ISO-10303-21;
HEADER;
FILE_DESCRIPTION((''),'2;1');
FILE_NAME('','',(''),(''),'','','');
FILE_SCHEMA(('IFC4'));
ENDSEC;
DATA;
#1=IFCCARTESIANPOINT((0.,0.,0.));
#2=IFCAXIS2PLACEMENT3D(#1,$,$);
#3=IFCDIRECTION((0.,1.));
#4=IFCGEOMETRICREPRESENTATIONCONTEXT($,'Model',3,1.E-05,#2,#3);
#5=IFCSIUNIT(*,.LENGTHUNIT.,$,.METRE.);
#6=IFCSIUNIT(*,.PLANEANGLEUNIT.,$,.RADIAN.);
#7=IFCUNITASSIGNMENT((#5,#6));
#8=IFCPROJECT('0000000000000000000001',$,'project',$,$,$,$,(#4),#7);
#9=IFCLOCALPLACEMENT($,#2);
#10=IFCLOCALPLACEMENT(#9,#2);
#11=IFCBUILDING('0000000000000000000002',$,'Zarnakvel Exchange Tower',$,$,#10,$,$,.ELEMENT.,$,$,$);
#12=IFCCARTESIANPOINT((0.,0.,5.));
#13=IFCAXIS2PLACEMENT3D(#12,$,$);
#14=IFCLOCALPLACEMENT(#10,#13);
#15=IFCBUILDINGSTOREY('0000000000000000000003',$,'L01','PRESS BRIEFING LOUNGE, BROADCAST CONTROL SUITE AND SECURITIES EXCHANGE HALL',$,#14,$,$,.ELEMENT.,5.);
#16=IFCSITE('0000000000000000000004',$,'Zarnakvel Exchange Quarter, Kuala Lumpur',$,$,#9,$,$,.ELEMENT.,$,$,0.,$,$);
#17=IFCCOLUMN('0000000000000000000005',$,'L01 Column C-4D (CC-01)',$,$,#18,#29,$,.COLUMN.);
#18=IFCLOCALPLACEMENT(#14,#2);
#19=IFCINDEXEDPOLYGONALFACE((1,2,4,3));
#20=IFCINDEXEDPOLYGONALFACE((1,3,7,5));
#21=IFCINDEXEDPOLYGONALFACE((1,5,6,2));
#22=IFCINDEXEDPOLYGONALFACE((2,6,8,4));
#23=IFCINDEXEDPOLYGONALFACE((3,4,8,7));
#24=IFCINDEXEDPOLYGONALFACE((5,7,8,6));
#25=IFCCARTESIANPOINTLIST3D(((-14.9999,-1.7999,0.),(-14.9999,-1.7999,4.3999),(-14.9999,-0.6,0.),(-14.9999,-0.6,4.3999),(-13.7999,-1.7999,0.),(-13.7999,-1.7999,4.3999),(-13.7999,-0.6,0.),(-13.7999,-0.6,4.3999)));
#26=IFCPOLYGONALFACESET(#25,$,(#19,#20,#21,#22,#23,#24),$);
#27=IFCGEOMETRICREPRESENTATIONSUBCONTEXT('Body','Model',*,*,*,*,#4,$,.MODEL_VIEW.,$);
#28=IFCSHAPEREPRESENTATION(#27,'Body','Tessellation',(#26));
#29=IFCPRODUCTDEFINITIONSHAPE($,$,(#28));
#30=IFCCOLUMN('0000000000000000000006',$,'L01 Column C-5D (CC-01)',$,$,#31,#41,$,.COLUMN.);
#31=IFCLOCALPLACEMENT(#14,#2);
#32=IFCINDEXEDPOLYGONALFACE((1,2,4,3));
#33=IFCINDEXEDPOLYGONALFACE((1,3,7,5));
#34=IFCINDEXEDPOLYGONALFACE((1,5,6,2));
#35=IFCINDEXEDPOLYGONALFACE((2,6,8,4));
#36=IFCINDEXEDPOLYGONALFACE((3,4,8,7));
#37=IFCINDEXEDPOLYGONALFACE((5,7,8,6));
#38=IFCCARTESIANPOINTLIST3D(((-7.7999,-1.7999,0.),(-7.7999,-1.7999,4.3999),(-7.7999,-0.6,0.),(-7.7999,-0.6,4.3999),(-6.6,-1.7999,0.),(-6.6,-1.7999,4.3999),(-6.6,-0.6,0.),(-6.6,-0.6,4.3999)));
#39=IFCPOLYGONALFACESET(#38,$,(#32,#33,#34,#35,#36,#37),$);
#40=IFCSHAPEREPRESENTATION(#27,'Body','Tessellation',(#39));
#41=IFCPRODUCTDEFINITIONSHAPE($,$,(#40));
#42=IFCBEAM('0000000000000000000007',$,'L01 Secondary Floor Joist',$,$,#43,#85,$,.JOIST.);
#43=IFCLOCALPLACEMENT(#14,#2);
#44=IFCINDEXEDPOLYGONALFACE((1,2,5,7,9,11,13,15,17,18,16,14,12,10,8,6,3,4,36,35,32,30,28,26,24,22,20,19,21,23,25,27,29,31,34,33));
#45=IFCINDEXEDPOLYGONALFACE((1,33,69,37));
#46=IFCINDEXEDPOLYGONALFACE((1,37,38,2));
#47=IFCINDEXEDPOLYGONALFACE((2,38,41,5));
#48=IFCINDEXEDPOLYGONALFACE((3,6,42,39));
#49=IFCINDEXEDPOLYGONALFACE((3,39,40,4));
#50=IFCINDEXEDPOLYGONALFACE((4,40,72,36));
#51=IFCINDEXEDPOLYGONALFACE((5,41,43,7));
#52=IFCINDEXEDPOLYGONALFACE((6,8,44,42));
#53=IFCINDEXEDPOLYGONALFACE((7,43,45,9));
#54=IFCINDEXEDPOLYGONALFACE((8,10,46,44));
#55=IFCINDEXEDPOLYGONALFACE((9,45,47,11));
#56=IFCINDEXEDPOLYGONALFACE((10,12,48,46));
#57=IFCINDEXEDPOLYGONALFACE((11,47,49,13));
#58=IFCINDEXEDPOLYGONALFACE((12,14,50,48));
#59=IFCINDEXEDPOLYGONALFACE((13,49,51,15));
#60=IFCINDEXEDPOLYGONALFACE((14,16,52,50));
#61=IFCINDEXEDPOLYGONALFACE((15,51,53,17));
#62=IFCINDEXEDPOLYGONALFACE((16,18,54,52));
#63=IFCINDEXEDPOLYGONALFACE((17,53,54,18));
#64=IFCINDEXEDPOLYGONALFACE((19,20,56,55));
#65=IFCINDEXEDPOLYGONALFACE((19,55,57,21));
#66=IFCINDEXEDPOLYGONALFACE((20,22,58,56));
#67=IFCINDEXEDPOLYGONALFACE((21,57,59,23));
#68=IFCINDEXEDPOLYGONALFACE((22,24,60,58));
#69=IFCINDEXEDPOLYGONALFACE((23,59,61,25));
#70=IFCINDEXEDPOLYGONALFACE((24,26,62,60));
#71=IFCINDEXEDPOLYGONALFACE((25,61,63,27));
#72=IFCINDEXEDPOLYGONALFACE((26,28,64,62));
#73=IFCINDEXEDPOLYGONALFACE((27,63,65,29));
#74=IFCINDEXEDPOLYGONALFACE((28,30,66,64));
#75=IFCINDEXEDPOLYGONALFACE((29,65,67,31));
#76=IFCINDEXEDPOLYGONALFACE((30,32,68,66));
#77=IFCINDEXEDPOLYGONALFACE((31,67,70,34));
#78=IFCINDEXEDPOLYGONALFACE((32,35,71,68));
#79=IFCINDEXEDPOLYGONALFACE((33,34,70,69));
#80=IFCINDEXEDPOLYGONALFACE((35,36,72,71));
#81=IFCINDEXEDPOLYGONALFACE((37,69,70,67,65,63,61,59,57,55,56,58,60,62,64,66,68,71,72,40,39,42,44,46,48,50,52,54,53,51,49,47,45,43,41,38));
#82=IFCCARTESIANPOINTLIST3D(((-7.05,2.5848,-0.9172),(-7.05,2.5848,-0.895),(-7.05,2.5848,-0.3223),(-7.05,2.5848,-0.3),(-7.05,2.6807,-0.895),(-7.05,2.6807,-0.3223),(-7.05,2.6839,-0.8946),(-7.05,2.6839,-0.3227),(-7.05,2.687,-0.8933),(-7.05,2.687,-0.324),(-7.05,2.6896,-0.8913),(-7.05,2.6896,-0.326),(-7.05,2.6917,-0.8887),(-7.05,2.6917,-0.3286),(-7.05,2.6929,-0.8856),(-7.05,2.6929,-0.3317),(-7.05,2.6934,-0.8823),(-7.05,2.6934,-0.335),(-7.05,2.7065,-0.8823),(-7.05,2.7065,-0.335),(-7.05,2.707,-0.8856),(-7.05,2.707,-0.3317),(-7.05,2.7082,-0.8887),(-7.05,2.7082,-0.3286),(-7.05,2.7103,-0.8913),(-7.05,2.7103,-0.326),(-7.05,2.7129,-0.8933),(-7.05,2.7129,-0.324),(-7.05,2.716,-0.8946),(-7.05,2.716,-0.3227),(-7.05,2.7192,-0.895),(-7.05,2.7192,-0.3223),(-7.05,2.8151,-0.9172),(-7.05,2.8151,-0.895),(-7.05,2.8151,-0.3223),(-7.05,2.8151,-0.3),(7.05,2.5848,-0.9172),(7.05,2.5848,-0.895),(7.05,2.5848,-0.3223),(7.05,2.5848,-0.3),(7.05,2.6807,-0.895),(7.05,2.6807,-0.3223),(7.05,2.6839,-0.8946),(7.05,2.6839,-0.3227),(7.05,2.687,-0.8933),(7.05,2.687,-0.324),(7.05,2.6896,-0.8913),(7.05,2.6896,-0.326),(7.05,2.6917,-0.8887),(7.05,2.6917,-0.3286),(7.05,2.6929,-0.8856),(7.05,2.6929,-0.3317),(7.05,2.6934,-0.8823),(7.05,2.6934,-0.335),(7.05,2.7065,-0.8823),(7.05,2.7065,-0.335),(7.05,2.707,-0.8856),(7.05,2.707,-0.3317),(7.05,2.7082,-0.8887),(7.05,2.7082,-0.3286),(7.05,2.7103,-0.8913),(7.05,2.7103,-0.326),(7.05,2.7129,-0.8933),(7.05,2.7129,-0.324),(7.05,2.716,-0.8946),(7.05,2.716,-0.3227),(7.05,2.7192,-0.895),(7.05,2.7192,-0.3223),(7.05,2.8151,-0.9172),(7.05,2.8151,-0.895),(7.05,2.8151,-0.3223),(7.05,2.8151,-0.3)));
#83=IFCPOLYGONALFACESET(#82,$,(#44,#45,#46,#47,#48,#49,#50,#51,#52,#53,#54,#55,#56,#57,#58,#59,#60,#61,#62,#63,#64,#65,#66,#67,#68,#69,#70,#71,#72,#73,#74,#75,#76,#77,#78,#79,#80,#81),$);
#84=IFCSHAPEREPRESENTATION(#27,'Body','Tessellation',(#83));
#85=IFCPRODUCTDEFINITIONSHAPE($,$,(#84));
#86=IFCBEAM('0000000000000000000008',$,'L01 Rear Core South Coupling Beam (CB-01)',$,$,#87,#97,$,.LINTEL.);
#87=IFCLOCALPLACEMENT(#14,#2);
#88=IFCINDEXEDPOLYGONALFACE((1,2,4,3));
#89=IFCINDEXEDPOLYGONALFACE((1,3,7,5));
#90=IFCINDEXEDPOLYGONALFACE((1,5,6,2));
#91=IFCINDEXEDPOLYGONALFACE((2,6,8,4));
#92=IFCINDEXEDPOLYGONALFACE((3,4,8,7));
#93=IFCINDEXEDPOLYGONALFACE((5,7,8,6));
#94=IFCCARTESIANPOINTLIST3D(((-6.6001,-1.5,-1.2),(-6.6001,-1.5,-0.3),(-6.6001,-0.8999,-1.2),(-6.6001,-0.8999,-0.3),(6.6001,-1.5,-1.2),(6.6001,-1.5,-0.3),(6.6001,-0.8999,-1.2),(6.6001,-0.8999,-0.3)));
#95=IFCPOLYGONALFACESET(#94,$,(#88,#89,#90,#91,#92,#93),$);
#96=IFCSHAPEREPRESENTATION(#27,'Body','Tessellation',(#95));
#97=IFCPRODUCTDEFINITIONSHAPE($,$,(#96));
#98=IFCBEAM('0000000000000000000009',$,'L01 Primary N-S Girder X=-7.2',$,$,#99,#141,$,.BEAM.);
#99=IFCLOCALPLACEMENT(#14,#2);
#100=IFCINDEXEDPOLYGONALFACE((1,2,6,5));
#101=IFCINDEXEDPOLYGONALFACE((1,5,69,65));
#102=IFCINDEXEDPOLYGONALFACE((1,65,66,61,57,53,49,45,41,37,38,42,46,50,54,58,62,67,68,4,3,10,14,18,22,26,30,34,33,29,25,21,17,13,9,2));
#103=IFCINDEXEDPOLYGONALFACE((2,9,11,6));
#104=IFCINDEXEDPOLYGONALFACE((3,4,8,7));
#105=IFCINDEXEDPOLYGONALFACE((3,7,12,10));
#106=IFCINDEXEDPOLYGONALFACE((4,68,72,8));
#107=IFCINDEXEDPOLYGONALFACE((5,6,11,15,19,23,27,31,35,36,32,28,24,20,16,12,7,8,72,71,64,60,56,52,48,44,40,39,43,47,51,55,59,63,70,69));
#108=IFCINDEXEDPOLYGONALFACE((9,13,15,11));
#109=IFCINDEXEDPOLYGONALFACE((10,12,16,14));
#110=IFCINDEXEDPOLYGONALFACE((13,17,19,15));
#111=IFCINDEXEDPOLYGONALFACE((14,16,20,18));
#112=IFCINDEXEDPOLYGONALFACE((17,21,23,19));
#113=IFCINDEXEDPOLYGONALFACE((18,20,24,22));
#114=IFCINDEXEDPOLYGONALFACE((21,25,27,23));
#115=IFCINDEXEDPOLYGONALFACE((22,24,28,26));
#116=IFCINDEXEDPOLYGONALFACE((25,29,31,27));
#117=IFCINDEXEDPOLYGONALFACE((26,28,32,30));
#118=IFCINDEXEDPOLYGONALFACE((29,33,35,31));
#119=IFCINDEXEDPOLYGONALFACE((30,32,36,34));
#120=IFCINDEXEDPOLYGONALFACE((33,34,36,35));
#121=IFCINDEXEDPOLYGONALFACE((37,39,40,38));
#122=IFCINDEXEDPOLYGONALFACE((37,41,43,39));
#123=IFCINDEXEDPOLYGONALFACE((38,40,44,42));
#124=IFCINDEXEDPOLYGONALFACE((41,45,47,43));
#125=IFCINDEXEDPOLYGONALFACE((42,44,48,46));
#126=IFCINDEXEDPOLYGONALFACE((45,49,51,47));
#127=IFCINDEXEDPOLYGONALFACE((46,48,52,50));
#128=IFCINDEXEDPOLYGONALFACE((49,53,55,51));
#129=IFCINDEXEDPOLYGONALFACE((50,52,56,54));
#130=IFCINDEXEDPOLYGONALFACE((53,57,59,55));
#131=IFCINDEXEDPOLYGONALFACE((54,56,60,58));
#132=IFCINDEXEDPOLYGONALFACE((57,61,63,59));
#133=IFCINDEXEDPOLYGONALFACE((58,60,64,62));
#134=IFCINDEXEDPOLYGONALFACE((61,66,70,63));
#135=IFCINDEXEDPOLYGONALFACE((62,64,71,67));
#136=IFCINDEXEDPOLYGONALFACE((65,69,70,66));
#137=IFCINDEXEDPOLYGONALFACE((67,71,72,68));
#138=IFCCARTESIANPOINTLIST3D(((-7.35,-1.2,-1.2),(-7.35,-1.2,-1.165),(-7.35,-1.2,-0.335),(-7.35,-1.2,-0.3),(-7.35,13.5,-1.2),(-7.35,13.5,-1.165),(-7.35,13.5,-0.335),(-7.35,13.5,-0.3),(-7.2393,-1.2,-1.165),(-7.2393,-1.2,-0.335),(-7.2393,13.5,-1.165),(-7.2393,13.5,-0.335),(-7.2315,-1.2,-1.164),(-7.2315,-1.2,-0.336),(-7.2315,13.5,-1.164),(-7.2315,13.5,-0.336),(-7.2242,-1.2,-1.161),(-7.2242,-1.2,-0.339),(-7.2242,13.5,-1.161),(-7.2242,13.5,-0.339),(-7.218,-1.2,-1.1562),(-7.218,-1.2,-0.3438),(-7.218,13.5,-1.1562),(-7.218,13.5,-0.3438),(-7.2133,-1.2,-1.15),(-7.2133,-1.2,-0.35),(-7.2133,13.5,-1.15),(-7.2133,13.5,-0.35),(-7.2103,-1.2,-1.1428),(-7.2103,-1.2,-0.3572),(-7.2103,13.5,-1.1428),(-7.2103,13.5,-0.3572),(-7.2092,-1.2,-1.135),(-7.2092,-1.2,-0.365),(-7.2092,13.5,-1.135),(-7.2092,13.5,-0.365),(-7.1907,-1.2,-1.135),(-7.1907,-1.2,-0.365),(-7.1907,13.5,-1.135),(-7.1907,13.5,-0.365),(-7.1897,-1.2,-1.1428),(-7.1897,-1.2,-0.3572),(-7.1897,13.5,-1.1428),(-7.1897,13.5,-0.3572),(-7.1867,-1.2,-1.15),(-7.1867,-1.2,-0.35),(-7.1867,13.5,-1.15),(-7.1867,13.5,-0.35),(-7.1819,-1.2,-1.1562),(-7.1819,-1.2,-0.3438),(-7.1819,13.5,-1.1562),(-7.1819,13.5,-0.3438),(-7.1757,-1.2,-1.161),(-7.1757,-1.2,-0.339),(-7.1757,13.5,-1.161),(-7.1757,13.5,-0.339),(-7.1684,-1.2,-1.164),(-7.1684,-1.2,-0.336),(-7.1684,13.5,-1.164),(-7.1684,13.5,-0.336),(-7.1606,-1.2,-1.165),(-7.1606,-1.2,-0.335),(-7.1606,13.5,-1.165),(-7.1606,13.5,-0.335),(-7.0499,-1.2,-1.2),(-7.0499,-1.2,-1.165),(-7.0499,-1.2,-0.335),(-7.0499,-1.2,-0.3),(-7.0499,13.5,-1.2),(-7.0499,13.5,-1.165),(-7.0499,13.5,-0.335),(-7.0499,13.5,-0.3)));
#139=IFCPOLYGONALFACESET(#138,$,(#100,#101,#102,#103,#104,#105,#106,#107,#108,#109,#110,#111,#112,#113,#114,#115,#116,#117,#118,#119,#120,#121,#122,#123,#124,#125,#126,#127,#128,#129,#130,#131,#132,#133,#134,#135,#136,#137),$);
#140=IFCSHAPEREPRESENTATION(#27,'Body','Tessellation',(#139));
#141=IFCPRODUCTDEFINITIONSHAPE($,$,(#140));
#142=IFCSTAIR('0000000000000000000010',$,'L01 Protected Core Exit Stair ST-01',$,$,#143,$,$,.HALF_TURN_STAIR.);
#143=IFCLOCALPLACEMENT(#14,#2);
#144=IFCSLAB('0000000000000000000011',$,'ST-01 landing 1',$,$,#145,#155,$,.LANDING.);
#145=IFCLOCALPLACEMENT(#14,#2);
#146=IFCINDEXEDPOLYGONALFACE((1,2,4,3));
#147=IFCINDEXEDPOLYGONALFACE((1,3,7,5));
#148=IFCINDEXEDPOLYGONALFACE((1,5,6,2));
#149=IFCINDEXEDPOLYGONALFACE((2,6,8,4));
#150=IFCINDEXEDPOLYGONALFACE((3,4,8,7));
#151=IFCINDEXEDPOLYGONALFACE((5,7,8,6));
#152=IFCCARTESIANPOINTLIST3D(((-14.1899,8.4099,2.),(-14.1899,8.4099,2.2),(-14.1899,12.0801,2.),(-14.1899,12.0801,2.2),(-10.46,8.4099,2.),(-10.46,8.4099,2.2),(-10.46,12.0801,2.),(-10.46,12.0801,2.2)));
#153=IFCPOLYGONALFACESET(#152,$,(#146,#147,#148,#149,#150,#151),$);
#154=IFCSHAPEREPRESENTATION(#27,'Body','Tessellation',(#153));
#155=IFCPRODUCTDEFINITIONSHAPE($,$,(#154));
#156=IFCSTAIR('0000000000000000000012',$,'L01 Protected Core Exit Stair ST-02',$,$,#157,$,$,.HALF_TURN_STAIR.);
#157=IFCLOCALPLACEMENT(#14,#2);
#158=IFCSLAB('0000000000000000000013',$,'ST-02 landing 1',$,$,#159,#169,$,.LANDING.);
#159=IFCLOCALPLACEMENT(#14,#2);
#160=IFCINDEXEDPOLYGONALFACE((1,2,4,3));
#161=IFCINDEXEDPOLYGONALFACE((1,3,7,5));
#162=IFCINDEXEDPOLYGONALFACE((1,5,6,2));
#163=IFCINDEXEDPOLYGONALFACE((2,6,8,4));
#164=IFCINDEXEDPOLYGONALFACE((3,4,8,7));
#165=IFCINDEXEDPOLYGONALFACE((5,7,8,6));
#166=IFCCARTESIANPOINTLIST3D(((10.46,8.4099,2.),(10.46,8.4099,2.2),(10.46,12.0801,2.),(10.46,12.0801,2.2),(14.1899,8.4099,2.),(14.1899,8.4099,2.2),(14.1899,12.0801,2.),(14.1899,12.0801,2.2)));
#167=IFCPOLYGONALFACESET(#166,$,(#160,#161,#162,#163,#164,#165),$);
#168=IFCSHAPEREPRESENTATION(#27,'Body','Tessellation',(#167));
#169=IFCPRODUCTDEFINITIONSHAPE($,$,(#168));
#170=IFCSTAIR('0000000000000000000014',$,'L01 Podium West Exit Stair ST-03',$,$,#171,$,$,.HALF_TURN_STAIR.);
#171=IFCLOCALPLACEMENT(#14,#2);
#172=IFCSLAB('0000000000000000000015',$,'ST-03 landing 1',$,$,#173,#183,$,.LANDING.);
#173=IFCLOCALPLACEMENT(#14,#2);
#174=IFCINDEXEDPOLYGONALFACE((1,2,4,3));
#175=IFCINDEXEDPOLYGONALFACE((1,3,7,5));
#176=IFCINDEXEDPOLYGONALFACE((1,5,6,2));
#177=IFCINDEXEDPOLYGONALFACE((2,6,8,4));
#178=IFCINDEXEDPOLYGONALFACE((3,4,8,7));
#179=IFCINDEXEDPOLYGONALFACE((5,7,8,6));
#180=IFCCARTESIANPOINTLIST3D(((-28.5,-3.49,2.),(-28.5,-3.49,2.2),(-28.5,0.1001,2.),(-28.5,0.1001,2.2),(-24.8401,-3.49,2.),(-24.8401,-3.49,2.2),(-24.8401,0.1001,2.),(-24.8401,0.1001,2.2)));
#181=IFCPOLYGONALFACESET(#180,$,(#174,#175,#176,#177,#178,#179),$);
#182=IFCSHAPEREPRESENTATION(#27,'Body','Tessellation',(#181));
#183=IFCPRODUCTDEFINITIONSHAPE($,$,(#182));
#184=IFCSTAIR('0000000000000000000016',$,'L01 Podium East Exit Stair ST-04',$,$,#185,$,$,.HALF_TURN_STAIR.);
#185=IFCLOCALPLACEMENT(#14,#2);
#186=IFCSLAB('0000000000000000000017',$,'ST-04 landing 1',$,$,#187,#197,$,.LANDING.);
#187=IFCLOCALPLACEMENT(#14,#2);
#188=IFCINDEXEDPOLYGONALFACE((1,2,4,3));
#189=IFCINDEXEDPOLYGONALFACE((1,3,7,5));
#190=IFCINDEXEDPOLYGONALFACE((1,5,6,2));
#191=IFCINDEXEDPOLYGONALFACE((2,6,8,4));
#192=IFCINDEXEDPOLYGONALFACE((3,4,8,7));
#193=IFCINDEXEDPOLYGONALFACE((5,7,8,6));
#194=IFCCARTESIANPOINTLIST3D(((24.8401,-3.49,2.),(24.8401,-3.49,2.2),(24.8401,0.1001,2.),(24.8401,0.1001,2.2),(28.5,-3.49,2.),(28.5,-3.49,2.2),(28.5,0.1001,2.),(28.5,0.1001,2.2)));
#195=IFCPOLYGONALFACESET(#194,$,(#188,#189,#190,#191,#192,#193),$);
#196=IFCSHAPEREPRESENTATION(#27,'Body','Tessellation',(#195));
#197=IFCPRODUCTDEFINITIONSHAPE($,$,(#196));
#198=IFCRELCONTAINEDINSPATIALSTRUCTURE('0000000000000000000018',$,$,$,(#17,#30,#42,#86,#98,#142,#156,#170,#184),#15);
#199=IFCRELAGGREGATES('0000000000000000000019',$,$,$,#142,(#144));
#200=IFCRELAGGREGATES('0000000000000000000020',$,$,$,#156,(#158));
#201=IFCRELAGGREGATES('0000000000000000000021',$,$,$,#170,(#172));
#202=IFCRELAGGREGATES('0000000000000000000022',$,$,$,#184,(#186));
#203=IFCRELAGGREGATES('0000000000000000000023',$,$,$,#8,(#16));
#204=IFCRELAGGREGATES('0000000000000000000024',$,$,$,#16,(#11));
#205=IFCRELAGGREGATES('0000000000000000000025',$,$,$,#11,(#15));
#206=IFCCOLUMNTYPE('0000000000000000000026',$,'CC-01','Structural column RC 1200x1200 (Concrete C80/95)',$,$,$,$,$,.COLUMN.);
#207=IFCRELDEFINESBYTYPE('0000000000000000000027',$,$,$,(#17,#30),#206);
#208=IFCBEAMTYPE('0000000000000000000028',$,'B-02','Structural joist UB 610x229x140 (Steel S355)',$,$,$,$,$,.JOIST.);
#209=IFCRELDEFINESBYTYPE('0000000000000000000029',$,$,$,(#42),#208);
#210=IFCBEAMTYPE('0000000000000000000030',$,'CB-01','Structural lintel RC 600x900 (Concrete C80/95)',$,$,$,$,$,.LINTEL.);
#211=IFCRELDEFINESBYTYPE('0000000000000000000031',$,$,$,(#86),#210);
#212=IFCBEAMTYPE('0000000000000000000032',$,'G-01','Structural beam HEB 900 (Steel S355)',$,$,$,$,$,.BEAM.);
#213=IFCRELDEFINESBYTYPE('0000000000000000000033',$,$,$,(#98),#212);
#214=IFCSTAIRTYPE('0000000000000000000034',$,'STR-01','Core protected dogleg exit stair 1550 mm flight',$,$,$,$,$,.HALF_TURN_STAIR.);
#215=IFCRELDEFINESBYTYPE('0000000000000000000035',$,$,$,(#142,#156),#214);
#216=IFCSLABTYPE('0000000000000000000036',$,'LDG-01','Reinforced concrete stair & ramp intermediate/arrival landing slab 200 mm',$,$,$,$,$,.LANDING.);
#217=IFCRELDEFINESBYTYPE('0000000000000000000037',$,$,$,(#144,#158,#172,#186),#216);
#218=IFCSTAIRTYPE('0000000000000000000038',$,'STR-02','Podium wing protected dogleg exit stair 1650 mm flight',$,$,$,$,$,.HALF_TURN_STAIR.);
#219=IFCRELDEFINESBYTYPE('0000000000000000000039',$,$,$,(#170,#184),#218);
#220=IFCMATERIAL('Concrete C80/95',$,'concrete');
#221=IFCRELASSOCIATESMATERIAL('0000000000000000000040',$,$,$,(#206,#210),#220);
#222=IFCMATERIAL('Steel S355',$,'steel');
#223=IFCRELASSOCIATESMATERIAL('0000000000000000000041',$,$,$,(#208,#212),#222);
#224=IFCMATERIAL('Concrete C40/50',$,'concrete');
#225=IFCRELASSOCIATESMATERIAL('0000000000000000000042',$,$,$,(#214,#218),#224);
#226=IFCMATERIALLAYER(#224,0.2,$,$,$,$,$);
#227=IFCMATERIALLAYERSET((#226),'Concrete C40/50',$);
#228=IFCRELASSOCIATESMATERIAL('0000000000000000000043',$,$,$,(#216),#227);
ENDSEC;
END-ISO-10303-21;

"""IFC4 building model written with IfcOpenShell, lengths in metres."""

from ifc_helpers import new_model, si_unit, direction, frame, origin, origin_2d, place, context, subcontext, project, spatial, polyline, rectangle, i_section, outline, extrude, material, layer, layer_set, material_profile, profile_set, type_object, element, aggregate, save


model = new_model("IFC4")

# Units and contexts
model_context = context("Model", 3, precision=1e-05, world=origin(), true_north=direction((0.0, 1.0)))
body_context = subcontext(model_context, "Body", "Model", "MODEL_VIEW")
ifc_project = project(units=[si_unit("LENGTHUNIT", "METRE"), si_unit("PLANEANGLEUNIT", "RADIAN")], contexts=[model_context])

# Site, building, storey
site_placement = place(None, origin())
site = spatial("IfcSite", under=ifc_project, at=site_placement, Name="Zarnakvel Exchange Quarter, Kuala Lumpur", CompositionType="ELEMENT", RefElevation=0.0)
building_placement = place(site_placement, origin())
building = spatial("IfcBuilding", under=site, at=building_placement, Name="Zarnakvel Exchange Tower", CompositionType="ELEMENT")
storey_placement = place(building_placement, frame((0.0, 0.0, 5.0)))
storey = spatial("IfcBuildingStorey", under=building, at=storey_placement, Name="L01", Description="PRESS BRIEFING LOUNGE, BROADCAST CONTROL SUITE AND SECURITIES EXCHANGE HALL", CompositionType="ELEMENT", Elevation=5.0)

# Columns
ifc_material_1 = material(Name="Concrete C80/95", Category="concrete")
ifc_material_profile_1 = material_profile(ifc_material_1, rectangle(XDim=1.2, YDim=1.2, at=origin_2d()))
ifc_profile_set_1 = profile_set([ifc_material_profile_1], Name="Concrete C80/95")
column_type = type_object("IfcColumnType", Name="CC-01", Description="Structural column RC 1200x1200 (Concrete C80/95)", PredefinedType="COLUMN", material=ifc_profile_set_1)
for number, where, z_axis, x_axis, name in (
    (1, (-14.3999, -1.2, 0.0), (0.0, 0.0, 1.0), (1.0, 0.0, 0.0), "L01 Column C-4D (CC-01)"),
    (2, (-7.2, -1.2, 0.0), (0.0, 0.0, 1.0), (1.0, 0.0, 0.0), "L01 Column C-5D (CC-01)"),
):
    element("IfcColumn", number, at=place(storey_placement, frame(where, z_axis=z_axis, x_axis=x_axis)), inside=storey, type_object=column_type, Name=name, PredefinedType="COLUMN", context=body_context, shape_type="SweptSolid", body=[
        extrude(rectangle(XDim=1.2, YDim=1.2, at=origin_2d()), origin(), (0.0, 0.0, 1.0), 4.3999),
    ])

# Beams
ifc_material_2 = material(Name="Steel S355", Category="steel")
ifc_material_profile_2 = material_profile(ifc_material_2, i_section(OverallWidth=0.2302, OverallDepth=0.6172, WebThickness=0.0132, FlangeThickness=0.0222, FilletRadius=0.0127, at=origin_2d()))
ifc_profile_set_2 = profile_set([ifc_material_profile_2], Name="Steel S355")
beam_type_1 = type_object("IfcBeamType", Name="B-02", Description="Structural joist UB 610x229x140 (Steel S355)", PredefinedType="JOIST", material=ifc_profile_set_2)
beam_1_placement = place(storey_placement, frame((-7.05, 2.7, -0.6086), z_axis=(1.0, 0.0, 0.0), x_axis=(0.0, 1.0, 0.0)))
element("IfcBeam", 3, at=beam_1_placement, inside=storey, type_object=beam_type_1, Name="L01 Secondary Floor Joist", PredefinedType="JOIST", context=body_context, shape_type="SweptSolid", body=[
    extrude(i_section(OverallWidth=0.2302, OverallDepth=0.6172, WebThickness=0.0132, FlangeThickness=0.0222, FilletRadius=0.0127, at=origin_2d()), origin(), (0.0, 0.0, 1.0), 14.1001),
])
ifc_material_profile_3 = material_profile(ifc_material_1, rectangle(XDim=0.6001, YDim=0.8999, at=origin_2d()))
ifc_profile_set_3 = profile_set([ifc_material_profile_3], Name="Concrete C80/95")
beam_type_2 = type_object("IfcBeamType", Name="CB-01", Description="Structural lintel RC 600x900 (Concrete C80/95)", PredefinedType="LINTEL", material=ifc_profile_set_3)
beam_2_placement = place(storey_placement, frame((-6.6001, -1.2, -0.75), z_axis=(1.0, 0.0, 0.0), x_axis=(0.0, 1.0, 0.0)))
element("IfcBeam", 4, at=beam_2_placement, inside=storey, type_object=beam_type_2, Name="L01 Rear Core South Coupling Beam (CB-01)", PredefinedType="LINTEL", context=body_context, shape_type="SweptSolid", body=[
    extrude(rectangle(XDim=0.6001, YDim=0.8999, at=origin_2d()), origin(), (0.0, 0.0, 1.0), 13.2002),
])
ifc_material_profile_4 = material_profile(ifc_material_2, i_section(OverallWidth=0.3, OverallDepth=0.8999, WebThickness=0.0186, FlangeThickness=0.0349, FilletRadius=0.03, at=origin_2d()))
ifc_profile_set_4 = profile_set([ifc_material_profile_4], Name="Steel S355")
beam_type_3 = type_object("IfcBeamType", Name="G-01", Description="Structural beam HEB 900 (Steel S355)", PredefinedType="BEAM", material=ifc_profile_set_4)
beam_3_placement = place(storey_placement, frame((-7.2, -1.2, -0.75), z_axis=(0.0, 1.0, 0.0), x_axis=(-1.0, 0.0, 0.0)))
element("IfcBeam", 5, at=beam_3_placement, inside=storey, type_object=beam_type_3, Name="L01 Primary N-S Girder X=-7.2", PredefinedType="BEAM", context=body_context, shape_type="SweptSolid", body=[
    extrude(i_section(OverallWidth=0.3, OverallDepth=0.8999, WebThickness=0.0186, FlangeThickness=0.0349, FilletRadius=0.03, at=origin_2d()), origin(), (0.0, 0.0, 1.0), 14.7),
])

# Stairs, slabs
ifc_material_3 = material(Name="Concrete C40/50", Category="concrete")
stair_type_1 = type_object("IfcStairType", Name="STR-01", Description="Core protected dogleg exit stair 1550 mm flight", PredefinedType="HALF_TURN_STAIR", material=ifc_material_3)
stair_1_placement = place(storey_placement, origin())
stair_1 = element("IfcStair", 6, at=stair_1_placement, inside=storey, type_object=stair_type_1, Name="L01 Protected Core Exit Stair ST-01", PredefinedType="HALF_TURN_STAIR")
ifc_layer_1 = layer(ifc_material_3, 0.2)
ifc_layer_set_1 = layer_set([ifc_layer_1], Name="Concrete C40/50")
slab_type_1 = type_object("IfcSlabType", Name="LDG-01", Description="Reinforced concrete stair & ramp intermediate/arrival landing slab 200 mm", PredefinedType="LANDING", material=ifc_layer_set_1)
slab_1_placement = place(storey_placement, frame((0.0, 0.0, 2.0)))
slab_1 = element("IfcSlab", 7, at=slab_1_placement, type_object=slab_type_1, Name="ST-01 landing 1", PredefinedType="LANDING", context=body_context, shape_type="SweptSolid", body=[
    extrude(outline(polyline([(-14.1899, 8.4099), (-10.46, 8.4099), (-10.46, 12.0801), (-14.1899, 12.0801), (-14.1899, 8.4099)])), origin(), (0.0, 0.0, 1.0), 0.2),
])
aggregate(stair_1, [slab_1])
stair_2_placement = place(storey_placement, origin())
stair_2 = element("IfcStair", 8, at=stair_2_placement, inside=storey, type_object=stair_type_1, Name="L01 Protected Core Exit Stair ST-02", PredefinedType="HALF_TURN_STAIR")
slab_2_placement = place(storey_placement, frame((0.0, 0.0, 2.0)))
slab_2 = element("IfcSlab", 9, at=slab_2_placement, type_object=slab_type_1, Name="ST-02 landing 1", PredefinedType="LANDING", context=body_context, shape_type="SweptSolid", body=[
    extrude(outline(polyline([(10.46, 8.4099), (14.1899, 8.4099), (14.1899, 12.0801), (10.46, 12.0801), (10.46, 8.4099)])), origin(), (0.0, 0.0, 1.0), 0.2),
])
aggregate(stair_2, [slab_2])
stair_type_2 = type_object("IfcStairType", Name="STR-02", Description="Podium wing protected dogleg exit stair 1650 mm flight", PredefinedType="HALF_TURN_STAIR", material=ifc_material_3)
stair_3_placement = place(storey_placement, origin())
stair_3 = element("IfcStair", 10, at=stair_3_placement, inside=storey, type_object=stair_type_2, Name="L01 Podium West Exit Stair ST-03", PredefinedType="HALF_TURN_STAIR")
slab_3_placement = place(storey_placement, frame((0.0, 0.0, 2.0)))
slab_3 = element("IfcSlab", 11, at=slab_3_placement, type_object=slab_type_1, Name="ST-03 landing 1", PredefinedType="LANDING", context=body_context, shape_type="SweptSolid", body=[
    extrude(outline(polyline([(-28.5, -3.49), (-24.8401, -3.49), (-24.8401, 0.1001), (-28.5, 0.1001), (-28.5, -3.49)])), origin(), (0.0, 0.0, 1.0), 0.2),
])
aggregate(stair_3, [slab_3])
stair_4_placement = place(storey_placement, origin())
stair_4 = element("IfcStair", 12, at=stair_4_placement, inside=storey, type_object=stair_type_2, Name="L01 Podium East Exit Stair ST-04", PredefinedType="HALF_TURN_STAIR")
slab_4_placement = place(storey_placement, frame((0.0, 0.0, 2.0)))
slab_4 = element("IfcSlab", 13, at=slab_4_placement, type_object=slab_type_1, Name="ST-04 landing 1", PredefinedType="LANDING", context=body_context, shape_type="SweptSolid", body=[
    extrude(outline(polyline([(24.8401, -3.49), (28.5, -3.49), (28.5, 0.1001), (24.8401, 0.1001), (24.8401, -3.49)])), origin(), (0.0, 0.0, 1.0), 0.2),
])
aggregate(stair_4, [slab_4])

save(model, "model.ifc")
